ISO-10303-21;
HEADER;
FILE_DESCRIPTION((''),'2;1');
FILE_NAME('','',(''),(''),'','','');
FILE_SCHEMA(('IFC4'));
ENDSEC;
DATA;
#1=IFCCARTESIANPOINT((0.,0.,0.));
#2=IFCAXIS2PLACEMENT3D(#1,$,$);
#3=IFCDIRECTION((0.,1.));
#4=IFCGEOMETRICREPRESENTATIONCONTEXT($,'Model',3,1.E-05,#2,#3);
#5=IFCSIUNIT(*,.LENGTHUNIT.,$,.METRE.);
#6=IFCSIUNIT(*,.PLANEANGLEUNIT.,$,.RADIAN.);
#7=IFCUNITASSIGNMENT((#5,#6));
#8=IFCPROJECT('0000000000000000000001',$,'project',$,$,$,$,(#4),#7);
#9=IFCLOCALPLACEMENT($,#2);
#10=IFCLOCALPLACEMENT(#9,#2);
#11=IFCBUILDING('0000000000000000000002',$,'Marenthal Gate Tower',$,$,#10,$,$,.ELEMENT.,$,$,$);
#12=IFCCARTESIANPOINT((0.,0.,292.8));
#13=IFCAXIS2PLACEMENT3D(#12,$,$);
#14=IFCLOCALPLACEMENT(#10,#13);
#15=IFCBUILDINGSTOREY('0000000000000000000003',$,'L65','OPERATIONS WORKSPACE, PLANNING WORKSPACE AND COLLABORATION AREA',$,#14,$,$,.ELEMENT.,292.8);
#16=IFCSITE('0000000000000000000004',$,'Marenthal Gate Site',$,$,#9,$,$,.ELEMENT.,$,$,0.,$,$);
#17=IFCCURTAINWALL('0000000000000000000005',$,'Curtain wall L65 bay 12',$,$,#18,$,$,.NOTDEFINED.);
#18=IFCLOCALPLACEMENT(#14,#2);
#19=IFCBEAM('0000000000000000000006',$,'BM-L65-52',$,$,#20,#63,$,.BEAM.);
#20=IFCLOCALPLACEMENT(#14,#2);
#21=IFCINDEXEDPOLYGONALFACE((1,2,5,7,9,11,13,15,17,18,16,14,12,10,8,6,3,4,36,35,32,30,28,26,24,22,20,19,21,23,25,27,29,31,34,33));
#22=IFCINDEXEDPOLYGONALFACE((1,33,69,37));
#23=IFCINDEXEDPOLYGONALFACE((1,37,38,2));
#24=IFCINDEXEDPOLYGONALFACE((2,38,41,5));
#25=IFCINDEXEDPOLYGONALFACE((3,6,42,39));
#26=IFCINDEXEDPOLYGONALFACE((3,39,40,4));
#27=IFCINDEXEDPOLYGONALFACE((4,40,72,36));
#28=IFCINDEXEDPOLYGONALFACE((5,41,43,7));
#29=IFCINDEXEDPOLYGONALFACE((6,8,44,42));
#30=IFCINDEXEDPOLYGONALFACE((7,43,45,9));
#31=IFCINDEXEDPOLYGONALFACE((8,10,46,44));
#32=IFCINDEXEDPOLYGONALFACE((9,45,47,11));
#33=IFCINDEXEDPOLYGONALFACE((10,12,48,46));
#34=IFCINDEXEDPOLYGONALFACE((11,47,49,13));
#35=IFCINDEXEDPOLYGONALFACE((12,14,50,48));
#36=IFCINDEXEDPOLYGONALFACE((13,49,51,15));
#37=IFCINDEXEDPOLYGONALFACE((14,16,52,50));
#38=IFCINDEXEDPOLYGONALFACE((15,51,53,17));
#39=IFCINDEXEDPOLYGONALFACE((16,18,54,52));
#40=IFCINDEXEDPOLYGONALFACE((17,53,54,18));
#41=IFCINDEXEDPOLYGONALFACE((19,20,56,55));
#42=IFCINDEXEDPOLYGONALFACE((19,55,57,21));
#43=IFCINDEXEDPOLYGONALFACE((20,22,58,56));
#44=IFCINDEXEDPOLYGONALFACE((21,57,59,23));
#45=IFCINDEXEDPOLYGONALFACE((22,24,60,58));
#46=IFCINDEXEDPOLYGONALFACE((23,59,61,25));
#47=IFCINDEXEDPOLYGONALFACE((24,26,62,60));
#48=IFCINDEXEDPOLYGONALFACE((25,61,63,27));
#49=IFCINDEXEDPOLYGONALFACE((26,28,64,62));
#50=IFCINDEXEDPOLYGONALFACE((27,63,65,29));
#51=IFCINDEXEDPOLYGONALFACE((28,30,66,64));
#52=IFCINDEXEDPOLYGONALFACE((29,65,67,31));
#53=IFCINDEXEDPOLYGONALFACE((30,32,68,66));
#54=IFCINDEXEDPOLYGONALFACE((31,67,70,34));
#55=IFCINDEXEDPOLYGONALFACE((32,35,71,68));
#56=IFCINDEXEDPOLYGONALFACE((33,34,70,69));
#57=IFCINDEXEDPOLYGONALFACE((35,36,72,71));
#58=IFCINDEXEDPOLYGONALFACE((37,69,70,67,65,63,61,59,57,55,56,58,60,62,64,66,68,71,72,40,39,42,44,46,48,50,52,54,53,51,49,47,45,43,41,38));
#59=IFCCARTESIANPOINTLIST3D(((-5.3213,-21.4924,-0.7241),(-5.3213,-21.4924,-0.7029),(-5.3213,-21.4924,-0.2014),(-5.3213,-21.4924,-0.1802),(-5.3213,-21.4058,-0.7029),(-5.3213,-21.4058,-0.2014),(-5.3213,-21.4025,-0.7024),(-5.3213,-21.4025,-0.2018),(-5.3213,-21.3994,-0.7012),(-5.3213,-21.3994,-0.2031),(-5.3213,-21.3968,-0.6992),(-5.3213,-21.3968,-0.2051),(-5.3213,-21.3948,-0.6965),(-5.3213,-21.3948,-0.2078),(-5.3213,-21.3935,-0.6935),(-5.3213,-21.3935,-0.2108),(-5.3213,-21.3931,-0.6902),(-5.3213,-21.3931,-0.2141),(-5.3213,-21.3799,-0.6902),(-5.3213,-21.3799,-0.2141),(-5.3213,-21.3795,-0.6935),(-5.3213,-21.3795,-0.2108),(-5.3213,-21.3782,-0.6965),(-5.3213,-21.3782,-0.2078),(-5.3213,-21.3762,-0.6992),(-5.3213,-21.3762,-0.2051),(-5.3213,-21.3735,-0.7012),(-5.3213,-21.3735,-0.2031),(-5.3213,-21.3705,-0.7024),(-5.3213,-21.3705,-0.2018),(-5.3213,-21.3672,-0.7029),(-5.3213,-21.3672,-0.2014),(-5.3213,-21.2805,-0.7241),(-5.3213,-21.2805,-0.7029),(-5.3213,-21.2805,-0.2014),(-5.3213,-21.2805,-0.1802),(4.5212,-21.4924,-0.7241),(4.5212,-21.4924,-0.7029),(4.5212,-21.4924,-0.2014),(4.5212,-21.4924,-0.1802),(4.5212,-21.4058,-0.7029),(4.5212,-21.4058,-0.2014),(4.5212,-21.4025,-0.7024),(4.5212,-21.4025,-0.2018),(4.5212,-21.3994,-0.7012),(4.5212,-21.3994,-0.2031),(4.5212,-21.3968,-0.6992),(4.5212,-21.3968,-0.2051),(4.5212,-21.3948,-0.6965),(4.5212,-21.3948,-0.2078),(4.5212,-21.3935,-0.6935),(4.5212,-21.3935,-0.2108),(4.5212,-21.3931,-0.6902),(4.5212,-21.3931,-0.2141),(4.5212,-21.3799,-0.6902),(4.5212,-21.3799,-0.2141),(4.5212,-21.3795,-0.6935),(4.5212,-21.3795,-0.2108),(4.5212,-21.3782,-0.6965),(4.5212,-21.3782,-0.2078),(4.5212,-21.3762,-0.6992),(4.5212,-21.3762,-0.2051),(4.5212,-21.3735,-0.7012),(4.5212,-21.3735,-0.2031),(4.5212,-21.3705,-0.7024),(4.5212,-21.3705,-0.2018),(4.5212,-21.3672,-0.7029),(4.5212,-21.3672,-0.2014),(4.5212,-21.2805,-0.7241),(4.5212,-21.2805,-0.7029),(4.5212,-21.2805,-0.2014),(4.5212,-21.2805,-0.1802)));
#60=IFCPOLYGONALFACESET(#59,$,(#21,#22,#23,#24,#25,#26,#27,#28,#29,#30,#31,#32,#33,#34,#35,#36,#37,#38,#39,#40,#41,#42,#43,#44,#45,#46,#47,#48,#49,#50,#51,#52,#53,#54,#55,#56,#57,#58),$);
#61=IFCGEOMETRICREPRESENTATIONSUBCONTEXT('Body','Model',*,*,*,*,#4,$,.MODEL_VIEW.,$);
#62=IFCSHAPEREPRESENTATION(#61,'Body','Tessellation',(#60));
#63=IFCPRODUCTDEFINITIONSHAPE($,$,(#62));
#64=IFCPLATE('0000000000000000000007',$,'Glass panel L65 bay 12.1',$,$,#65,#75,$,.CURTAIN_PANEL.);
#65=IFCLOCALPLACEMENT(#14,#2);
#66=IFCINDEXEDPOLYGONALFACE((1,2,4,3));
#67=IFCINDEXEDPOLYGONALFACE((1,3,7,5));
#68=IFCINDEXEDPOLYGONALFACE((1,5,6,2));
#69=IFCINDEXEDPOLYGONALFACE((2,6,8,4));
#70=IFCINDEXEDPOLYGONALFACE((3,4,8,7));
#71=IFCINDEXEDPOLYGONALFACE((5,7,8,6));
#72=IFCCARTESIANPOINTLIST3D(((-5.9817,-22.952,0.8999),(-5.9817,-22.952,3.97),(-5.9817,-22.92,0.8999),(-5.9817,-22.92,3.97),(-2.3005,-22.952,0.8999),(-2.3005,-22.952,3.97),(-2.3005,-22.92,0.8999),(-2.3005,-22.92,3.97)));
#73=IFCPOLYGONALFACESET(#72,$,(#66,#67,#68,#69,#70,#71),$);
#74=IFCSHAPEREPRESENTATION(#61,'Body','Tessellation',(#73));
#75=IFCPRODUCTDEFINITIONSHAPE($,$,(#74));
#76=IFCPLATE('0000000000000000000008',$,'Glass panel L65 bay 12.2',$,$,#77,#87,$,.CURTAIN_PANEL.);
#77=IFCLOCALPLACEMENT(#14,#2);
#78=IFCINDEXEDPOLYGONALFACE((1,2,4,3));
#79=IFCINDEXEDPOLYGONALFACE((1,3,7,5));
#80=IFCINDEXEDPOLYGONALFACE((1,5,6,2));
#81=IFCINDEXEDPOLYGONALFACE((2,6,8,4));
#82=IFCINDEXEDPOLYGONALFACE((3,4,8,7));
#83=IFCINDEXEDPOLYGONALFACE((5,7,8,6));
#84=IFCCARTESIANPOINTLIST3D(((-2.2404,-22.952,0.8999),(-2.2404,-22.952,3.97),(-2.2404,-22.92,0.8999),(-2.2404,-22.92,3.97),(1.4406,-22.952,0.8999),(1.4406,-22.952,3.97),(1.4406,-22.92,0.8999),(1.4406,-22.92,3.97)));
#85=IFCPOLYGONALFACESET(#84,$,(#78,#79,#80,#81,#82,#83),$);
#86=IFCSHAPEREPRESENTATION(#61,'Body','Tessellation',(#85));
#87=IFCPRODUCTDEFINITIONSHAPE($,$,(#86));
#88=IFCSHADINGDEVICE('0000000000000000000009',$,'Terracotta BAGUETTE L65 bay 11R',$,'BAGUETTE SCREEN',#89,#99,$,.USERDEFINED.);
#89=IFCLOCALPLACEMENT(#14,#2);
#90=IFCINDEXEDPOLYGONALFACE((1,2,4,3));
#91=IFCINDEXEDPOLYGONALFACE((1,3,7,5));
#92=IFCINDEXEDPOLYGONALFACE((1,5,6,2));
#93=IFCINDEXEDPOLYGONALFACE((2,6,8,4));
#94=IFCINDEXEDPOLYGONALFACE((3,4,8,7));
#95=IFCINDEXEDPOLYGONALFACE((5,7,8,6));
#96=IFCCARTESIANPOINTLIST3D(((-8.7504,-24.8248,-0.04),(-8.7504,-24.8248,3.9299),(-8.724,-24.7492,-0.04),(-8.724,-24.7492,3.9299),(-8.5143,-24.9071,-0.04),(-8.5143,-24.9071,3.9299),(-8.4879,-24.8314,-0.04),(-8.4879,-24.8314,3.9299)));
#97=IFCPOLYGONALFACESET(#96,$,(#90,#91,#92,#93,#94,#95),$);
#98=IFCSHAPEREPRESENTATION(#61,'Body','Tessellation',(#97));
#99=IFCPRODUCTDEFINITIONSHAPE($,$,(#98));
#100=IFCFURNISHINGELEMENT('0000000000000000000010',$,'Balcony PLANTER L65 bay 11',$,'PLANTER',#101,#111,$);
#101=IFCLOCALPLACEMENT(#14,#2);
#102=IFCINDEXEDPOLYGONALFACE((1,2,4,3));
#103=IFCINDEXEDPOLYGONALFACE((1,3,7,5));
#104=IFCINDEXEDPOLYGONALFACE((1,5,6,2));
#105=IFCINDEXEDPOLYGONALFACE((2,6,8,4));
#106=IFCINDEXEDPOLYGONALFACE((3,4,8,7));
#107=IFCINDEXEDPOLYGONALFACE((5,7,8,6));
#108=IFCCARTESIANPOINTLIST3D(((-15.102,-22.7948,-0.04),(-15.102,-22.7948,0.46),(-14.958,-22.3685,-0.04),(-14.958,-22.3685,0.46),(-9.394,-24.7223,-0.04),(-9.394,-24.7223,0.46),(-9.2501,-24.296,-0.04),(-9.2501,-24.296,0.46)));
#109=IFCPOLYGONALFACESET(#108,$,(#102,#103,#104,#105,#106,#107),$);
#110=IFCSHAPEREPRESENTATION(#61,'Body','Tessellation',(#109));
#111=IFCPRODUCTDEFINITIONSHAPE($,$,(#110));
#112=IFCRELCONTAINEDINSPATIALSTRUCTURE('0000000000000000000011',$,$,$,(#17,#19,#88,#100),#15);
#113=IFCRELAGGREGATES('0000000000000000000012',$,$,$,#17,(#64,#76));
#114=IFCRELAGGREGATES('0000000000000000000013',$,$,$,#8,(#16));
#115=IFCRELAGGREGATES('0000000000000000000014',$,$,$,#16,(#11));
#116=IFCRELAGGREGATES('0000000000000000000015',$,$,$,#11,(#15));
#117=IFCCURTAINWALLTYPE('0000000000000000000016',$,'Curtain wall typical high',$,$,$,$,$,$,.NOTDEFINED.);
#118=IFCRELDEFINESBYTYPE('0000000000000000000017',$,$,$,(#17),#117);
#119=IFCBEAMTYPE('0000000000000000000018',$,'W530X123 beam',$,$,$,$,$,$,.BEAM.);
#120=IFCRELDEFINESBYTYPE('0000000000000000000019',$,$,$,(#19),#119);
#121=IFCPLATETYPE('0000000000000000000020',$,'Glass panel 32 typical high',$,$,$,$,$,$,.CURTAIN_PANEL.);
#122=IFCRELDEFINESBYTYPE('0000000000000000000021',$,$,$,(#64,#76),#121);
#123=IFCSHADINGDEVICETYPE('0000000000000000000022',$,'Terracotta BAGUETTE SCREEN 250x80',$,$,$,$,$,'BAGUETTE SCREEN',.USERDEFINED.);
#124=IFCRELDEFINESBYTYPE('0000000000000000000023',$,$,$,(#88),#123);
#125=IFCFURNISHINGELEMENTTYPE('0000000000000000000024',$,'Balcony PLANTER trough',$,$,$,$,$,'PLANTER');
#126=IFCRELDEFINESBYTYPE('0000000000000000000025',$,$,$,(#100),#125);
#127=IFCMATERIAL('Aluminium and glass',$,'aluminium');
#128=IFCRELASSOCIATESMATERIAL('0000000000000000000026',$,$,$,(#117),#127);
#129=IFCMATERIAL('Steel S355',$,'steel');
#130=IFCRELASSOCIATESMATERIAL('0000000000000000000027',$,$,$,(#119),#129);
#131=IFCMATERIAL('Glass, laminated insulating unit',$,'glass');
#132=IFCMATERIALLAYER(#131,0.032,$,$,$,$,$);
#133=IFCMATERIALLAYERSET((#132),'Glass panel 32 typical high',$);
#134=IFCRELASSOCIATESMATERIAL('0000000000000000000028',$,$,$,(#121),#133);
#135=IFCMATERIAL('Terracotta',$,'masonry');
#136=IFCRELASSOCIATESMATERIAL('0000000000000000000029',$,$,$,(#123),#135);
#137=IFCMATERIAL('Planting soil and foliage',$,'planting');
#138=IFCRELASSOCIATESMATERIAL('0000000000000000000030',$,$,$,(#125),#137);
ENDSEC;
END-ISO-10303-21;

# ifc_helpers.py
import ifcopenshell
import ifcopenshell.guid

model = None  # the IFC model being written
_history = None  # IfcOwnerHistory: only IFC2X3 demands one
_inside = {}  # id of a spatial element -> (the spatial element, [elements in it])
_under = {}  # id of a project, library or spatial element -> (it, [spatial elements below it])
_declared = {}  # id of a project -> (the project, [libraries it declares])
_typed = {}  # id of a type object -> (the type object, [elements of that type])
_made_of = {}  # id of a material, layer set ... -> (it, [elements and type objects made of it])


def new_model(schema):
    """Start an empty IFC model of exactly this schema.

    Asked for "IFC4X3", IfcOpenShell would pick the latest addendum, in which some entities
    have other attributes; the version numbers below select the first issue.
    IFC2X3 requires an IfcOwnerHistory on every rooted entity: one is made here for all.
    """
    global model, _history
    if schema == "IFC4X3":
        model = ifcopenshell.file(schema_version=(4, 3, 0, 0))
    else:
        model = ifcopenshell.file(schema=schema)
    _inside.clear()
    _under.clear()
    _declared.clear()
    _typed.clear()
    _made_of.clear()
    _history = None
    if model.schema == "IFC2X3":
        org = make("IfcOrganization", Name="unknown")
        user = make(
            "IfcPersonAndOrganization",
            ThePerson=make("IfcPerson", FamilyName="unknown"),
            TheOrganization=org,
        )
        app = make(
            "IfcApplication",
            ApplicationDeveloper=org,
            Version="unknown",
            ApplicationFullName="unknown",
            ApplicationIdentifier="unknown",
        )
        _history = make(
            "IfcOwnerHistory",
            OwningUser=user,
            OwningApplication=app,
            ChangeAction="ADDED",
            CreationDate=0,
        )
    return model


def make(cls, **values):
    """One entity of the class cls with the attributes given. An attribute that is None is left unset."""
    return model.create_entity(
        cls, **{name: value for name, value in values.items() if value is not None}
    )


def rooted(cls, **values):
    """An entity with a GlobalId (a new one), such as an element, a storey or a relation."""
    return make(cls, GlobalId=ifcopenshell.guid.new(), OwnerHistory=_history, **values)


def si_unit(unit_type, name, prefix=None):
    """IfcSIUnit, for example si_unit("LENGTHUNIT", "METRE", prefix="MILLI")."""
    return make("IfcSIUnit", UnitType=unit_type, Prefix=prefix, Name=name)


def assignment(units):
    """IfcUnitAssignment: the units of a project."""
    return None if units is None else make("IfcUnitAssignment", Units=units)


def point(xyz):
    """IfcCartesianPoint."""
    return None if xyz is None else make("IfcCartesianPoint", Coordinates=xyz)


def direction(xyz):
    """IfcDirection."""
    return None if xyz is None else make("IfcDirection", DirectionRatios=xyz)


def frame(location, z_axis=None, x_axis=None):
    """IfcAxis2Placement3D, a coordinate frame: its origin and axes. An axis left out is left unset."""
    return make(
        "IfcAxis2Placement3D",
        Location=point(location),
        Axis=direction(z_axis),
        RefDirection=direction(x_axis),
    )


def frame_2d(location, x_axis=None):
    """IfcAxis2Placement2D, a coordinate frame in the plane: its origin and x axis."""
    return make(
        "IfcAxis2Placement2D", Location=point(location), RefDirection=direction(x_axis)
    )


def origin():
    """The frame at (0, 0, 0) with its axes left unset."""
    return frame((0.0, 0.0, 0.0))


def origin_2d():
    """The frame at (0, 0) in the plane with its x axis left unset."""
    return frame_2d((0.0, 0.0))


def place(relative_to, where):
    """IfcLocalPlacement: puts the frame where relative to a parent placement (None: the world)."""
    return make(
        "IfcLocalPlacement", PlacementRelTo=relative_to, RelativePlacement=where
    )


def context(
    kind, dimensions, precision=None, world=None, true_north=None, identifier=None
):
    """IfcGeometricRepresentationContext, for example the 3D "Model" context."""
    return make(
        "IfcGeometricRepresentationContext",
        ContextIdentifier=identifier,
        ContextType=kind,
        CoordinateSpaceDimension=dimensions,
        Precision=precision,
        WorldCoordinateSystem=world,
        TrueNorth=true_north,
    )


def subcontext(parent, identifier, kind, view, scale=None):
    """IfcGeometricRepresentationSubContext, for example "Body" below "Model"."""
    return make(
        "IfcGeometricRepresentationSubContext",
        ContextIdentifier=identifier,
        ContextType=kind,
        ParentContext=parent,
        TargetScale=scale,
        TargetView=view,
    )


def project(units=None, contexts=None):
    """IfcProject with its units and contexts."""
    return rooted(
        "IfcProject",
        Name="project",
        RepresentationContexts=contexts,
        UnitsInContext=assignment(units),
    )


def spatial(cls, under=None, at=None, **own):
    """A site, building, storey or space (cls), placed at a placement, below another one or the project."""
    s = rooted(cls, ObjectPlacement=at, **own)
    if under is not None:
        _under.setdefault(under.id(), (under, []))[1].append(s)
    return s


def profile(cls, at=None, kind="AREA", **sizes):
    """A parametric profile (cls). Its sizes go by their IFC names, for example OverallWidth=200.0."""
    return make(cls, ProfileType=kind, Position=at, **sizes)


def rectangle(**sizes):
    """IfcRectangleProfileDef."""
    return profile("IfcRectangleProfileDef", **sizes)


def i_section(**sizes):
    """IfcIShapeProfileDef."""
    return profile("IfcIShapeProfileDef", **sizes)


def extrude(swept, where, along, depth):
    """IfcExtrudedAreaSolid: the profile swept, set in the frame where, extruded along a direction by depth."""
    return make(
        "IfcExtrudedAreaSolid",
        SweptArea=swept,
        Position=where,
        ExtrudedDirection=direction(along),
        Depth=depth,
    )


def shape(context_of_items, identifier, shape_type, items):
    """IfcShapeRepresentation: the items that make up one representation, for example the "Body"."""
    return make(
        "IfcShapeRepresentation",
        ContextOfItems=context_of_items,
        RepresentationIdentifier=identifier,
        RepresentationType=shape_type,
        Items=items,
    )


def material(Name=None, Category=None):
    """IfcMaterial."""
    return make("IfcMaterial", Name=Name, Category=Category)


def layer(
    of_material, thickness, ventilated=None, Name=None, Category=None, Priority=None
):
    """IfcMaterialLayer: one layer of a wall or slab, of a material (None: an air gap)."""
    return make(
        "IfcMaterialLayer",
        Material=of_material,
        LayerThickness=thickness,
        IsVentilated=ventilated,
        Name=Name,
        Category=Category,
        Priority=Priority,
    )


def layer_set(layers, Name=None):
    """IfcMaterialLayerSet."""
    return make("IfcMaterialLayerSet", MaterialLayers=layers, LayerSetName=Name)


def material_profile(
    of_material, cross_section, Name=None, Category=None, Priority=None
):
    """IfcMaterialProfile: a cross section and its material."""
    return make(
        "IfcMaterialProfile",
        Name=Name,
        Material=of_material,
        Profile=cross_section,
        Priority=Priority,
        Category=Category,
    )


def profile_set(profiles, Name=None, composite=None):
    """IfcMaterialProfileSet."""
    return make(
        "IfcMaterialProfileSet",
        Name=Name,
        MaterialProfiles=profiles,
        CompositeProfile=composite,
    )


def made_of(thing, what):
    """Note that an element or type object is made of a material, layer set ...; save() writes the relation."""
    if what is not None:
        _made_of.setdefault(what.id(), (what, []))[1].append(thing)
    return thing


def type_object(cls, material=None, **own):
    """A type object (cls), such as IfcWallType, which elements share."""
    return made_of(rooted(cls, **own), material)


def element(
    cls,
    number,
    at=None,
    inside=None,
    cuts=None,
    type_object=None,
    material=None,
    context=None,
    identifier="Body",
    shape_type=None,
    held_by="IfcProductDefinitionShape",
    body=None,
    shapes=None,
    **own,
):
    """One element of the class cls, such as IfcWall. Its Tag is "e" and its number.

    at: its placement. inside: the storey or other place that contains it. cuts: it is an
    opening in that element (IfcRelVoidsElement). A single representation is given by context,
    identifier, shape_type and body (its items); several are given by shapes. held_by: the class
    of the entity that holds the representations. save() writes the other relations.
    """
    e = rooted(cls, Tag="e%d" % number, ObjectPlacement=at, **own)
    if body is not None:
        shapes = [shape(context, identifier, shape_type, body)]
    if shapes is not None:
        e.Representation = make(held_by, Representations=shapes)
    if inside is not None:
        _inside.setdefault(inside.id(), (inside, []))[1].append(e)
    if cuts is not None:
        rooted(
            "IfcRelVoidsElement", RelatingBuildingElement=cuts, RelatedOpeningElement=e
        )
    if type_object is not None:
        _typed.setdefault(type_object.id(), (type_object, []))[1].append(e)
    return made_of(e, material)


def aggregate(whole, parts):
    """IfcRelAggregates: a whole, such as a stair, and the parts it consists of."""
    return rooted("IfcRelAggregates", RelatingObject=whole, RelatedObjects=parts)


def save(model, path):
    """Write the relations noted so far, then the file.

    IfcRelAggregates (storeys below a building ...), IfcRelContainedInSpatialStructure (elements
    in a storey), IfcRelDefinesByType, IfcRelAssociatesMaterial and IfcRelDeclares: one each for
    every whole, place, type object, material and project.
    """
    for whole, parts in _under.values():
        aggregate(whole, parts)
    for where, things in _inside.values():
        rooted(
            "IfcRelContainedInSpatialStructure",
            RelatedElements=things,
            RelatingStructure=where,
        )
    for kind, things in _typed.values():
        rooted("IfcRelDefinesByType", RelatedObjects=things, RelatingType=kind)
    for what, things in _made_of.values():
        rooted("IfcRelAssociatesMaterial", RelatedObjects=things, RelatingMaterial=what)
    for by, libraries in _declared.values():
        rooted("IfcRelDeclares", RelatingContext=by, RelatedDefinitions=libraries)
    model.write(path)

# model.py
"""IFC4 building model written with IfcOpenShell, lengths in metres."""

from ifc_helpers import new_model, si_unit, direction, frame, origin, origin_2d, place, context, subcontext, project, spatial, rectangle, i_section, extrude, material, layer, layer_set, material_profile, profile_set, type_object, element, aggregate, save


model = new_model("IFC4")

# Units and contexts
model_context = context("Model", 3, precision=1e-05, world=origin(), true_north=direction((0.0, 1.0)))
body_context = subcontext(model_context, "Body", "Model", "MODEL_VIEW")
ifc_project = project(units=[si_unit("LENGTHUNIT", "METRE"), si_unit("PLANEANGLEUNIT", "RADIAN")], contexts=[model_context])

# Site, building, storey
site_placement = place(None, origin())
site = spatial("IfcSite", under=ifc_project, at=site_placement, Name="Marenthal Gate Site", CompositionType="ELEMENT", RefElevation=0.0)
building_placement = place(site_placement, origin())
building = spatial("IfcBuilding", under=site, at=building_placement, Name="Marenthal Gate Tower", CompositionType="ELEMENT")
storey_placement = place(building_placement, frame((0.0, 0.0, 292.8)))
storey = spatial("IfcBuildingStorey", under=building, at=storey_placement, Name="L65", Description="OPERATIONS WORKSPACE, PLANNING WORKSPACE AND COLLABORATION AREA", CompositionType="ELEMENT", Elevation=292.8)

# Curtain wall
ifc_material_1 = material(Name="Aluminium and glass", Category="aluminium")
curtain_wall_type = type_object("IfcCurtainWallType", Name="Curtain wall typical high", PredefinedType="NOTDEFINED", material=ifc_material_1)
curtain_wall_placement = place(storey_placement, origin())
curtain_wall = element("IfcCurtainWall", 1, at=curtain_wall_placement, inside=storey, type_object=curtain_wall_type, Name="Curtain wall L65 bay 12", PredefinedType="NOTDEFINED")

# Beam
ifc_material_2 = material(Name="Steel S355", Category="steel")
ifc_material_profile_1 = material_profile(ifc_material_2, i_section(OverallWidth=0.2119, OverallDepth=0.5439, WebThickness=0.0132, FlangeThickness=0.0212, FilletRadius=0.0127, at=origin_2d()), Name="W530X123")
ifc_profile_set_1 = profile_set([ifc_material_profile_1], Name="Steel S355")
beam_type_1 = type_object("IfcBeamType", Name="W530X123 beam", PredefinedType="BEAM", material=ifc_profile_set_1)
beam_1_placement = place(storey_placement, frame((-5.3213, -21.3865, -0.4521), z_axis=(1.0, 0.0, 0.0), x_axis=(0.0, 1.0, 0.0)))
element("IfcBeam", 2, at=beam_1_placement, inside=storey, type_object=beam_type_1, Name="BM-L65-52", PredefinedType="BEAM", context=body_context, shape_type="SweptSolid", body=[
    extrude(i_section(OverallWidth=0.2119, OverallDepth=0.5439, WebThickness=0.0132, FlangeThickness=0.0212, FilletRadius=0.0127, at=origin_2d()), origin(), (0.0, 0.0, 1.0), 9.8425),
])

# Plates
ifc_material_3 = material(Name="Glass, laminated insulating unit", Category="glass")
ifc_layer = layer(ifc_material_3, 0.032)
ifc_layer_set = layer_set([ifc_layer], Name="Glass panel 32 typical high")
plate_type = type_object("IfcPlateType", Name="Glass panel 32 typical high", PredefinedType="CURTAIN_PANEL", material=ifc_layer_set)
plate_1_placement = place(storey_placement, frame((-4.1411, -22.936, 0.8999), z_axis=(0.0, 0.0, 1.0), x_axis=(1.0, 0.0, 0.0)))
plate_1 = element("IfcPlate", 3, at=plate_1_placement, type_object=plate_type, Name="Glass panel L65 bay 12.1", PredefinedType="CURTAIN_PANEL", context=body_context, shape_type="SweptSolid", body=[
    extrude(rectangle(XDim=3.6812, YDim=0.032, at=origin_2d()), origin(), (0.0, 0.0, 1.0), 3.0701),
])
plate_2_placement = place(storey_placement, frame((-0.3999, -22.936, 0.8999), z_axis=(0.0, 0.0, 1.0), x_axis=(1.0, 0.0, 0.0)))
plate_2 = element("IfcPlate", 4, at=plate_2_placement, type_object=plate_type, Name="Glass panel L65 bay 12.2", PredefinedType="CURTAIN_PANEL", context=body_context, shape_type="SweptSolid", body=[
    extrude(rectangle(XDim=3.6809, YDim=0.032, at=origin_2d()), origin(), (0.0, 0.0, 1.0), 3.0701),
])
aggregate(curtain_wall, [plate_1, plate_2])

# Shading device
ifc_material_4 = material(Name="Terracotta", Category="masonry")
ifc_material_profile_2 = material_profile(ifc_material_4, rectangle(XDim=0.25, YDim=0.0801, at=origin_2d()), Name="Terracotta baguette 250x80")
ifc_profile_set_2 = profile_set([ifc_material_profile_2], Name="Terracotta")
shading_device_type = type_object("IfcShadingDeviceType", Name="Terracotta BAGUETTE SCREEN 250x80", ElementType="BAGUETTE SCREEN", PredefinedType="USERDEFINED", material=ifc_profile_set_2)
shading_device_placement = place(storey_placement, frame((-8.6191, -24.8281, -0.04), z_axis=(0.0, 0.0, 1.0), x_axis=(0.944305, -0.329072, 0.0)))
element("IfcShadingDevice", 5, at=shading_device_placement, inside=storey, type_object=shading_device_type, Name="Terracotta BAGUETTE L65 bay 11R", ObjectType="BAGUETTE SCREEN", PredefinedType="USERDEFINED", context=body_context, shape_type="SweptSolid", body=[
    extrude(rectangle(XDim=0.25, YDim=0.0801, at=origin_2d()), origin(), (0.0, 0.0, 1.0), 3.97),
])

# Furnishing element
ifc_material_5 = material(Name="Planting soil and foliage", Category="planting")
furnishing_element_type = type_object("IfcFurnishingElementType", Name="Balcony PLANTER trough", ElementType="PLANTER", material=ifc_material_5)
furnishing_placement = place(storey_placement, frame((-12.176, -23.5454, -0.04), z_axis=(0.0, 0.0, 1.0), x_axis=(0.947437, -0.319942, 0.0)))
element("IfcFurnishingElement", 6, at=furnishing_placement, inside=storey, type_object=furnishing_element_type, Name="Balcony PLANTER L65 bay 11", ObjectType="PLANTER", context=body_context, shape_type="SweptSolid", body=[
    extrude(rectangle(XDim=6.0247, YDim=0.45, at=origin_2d()), origin(), (0.0, 0.0, 1.0), 0.5),
])

save(model, "model.ifc")
